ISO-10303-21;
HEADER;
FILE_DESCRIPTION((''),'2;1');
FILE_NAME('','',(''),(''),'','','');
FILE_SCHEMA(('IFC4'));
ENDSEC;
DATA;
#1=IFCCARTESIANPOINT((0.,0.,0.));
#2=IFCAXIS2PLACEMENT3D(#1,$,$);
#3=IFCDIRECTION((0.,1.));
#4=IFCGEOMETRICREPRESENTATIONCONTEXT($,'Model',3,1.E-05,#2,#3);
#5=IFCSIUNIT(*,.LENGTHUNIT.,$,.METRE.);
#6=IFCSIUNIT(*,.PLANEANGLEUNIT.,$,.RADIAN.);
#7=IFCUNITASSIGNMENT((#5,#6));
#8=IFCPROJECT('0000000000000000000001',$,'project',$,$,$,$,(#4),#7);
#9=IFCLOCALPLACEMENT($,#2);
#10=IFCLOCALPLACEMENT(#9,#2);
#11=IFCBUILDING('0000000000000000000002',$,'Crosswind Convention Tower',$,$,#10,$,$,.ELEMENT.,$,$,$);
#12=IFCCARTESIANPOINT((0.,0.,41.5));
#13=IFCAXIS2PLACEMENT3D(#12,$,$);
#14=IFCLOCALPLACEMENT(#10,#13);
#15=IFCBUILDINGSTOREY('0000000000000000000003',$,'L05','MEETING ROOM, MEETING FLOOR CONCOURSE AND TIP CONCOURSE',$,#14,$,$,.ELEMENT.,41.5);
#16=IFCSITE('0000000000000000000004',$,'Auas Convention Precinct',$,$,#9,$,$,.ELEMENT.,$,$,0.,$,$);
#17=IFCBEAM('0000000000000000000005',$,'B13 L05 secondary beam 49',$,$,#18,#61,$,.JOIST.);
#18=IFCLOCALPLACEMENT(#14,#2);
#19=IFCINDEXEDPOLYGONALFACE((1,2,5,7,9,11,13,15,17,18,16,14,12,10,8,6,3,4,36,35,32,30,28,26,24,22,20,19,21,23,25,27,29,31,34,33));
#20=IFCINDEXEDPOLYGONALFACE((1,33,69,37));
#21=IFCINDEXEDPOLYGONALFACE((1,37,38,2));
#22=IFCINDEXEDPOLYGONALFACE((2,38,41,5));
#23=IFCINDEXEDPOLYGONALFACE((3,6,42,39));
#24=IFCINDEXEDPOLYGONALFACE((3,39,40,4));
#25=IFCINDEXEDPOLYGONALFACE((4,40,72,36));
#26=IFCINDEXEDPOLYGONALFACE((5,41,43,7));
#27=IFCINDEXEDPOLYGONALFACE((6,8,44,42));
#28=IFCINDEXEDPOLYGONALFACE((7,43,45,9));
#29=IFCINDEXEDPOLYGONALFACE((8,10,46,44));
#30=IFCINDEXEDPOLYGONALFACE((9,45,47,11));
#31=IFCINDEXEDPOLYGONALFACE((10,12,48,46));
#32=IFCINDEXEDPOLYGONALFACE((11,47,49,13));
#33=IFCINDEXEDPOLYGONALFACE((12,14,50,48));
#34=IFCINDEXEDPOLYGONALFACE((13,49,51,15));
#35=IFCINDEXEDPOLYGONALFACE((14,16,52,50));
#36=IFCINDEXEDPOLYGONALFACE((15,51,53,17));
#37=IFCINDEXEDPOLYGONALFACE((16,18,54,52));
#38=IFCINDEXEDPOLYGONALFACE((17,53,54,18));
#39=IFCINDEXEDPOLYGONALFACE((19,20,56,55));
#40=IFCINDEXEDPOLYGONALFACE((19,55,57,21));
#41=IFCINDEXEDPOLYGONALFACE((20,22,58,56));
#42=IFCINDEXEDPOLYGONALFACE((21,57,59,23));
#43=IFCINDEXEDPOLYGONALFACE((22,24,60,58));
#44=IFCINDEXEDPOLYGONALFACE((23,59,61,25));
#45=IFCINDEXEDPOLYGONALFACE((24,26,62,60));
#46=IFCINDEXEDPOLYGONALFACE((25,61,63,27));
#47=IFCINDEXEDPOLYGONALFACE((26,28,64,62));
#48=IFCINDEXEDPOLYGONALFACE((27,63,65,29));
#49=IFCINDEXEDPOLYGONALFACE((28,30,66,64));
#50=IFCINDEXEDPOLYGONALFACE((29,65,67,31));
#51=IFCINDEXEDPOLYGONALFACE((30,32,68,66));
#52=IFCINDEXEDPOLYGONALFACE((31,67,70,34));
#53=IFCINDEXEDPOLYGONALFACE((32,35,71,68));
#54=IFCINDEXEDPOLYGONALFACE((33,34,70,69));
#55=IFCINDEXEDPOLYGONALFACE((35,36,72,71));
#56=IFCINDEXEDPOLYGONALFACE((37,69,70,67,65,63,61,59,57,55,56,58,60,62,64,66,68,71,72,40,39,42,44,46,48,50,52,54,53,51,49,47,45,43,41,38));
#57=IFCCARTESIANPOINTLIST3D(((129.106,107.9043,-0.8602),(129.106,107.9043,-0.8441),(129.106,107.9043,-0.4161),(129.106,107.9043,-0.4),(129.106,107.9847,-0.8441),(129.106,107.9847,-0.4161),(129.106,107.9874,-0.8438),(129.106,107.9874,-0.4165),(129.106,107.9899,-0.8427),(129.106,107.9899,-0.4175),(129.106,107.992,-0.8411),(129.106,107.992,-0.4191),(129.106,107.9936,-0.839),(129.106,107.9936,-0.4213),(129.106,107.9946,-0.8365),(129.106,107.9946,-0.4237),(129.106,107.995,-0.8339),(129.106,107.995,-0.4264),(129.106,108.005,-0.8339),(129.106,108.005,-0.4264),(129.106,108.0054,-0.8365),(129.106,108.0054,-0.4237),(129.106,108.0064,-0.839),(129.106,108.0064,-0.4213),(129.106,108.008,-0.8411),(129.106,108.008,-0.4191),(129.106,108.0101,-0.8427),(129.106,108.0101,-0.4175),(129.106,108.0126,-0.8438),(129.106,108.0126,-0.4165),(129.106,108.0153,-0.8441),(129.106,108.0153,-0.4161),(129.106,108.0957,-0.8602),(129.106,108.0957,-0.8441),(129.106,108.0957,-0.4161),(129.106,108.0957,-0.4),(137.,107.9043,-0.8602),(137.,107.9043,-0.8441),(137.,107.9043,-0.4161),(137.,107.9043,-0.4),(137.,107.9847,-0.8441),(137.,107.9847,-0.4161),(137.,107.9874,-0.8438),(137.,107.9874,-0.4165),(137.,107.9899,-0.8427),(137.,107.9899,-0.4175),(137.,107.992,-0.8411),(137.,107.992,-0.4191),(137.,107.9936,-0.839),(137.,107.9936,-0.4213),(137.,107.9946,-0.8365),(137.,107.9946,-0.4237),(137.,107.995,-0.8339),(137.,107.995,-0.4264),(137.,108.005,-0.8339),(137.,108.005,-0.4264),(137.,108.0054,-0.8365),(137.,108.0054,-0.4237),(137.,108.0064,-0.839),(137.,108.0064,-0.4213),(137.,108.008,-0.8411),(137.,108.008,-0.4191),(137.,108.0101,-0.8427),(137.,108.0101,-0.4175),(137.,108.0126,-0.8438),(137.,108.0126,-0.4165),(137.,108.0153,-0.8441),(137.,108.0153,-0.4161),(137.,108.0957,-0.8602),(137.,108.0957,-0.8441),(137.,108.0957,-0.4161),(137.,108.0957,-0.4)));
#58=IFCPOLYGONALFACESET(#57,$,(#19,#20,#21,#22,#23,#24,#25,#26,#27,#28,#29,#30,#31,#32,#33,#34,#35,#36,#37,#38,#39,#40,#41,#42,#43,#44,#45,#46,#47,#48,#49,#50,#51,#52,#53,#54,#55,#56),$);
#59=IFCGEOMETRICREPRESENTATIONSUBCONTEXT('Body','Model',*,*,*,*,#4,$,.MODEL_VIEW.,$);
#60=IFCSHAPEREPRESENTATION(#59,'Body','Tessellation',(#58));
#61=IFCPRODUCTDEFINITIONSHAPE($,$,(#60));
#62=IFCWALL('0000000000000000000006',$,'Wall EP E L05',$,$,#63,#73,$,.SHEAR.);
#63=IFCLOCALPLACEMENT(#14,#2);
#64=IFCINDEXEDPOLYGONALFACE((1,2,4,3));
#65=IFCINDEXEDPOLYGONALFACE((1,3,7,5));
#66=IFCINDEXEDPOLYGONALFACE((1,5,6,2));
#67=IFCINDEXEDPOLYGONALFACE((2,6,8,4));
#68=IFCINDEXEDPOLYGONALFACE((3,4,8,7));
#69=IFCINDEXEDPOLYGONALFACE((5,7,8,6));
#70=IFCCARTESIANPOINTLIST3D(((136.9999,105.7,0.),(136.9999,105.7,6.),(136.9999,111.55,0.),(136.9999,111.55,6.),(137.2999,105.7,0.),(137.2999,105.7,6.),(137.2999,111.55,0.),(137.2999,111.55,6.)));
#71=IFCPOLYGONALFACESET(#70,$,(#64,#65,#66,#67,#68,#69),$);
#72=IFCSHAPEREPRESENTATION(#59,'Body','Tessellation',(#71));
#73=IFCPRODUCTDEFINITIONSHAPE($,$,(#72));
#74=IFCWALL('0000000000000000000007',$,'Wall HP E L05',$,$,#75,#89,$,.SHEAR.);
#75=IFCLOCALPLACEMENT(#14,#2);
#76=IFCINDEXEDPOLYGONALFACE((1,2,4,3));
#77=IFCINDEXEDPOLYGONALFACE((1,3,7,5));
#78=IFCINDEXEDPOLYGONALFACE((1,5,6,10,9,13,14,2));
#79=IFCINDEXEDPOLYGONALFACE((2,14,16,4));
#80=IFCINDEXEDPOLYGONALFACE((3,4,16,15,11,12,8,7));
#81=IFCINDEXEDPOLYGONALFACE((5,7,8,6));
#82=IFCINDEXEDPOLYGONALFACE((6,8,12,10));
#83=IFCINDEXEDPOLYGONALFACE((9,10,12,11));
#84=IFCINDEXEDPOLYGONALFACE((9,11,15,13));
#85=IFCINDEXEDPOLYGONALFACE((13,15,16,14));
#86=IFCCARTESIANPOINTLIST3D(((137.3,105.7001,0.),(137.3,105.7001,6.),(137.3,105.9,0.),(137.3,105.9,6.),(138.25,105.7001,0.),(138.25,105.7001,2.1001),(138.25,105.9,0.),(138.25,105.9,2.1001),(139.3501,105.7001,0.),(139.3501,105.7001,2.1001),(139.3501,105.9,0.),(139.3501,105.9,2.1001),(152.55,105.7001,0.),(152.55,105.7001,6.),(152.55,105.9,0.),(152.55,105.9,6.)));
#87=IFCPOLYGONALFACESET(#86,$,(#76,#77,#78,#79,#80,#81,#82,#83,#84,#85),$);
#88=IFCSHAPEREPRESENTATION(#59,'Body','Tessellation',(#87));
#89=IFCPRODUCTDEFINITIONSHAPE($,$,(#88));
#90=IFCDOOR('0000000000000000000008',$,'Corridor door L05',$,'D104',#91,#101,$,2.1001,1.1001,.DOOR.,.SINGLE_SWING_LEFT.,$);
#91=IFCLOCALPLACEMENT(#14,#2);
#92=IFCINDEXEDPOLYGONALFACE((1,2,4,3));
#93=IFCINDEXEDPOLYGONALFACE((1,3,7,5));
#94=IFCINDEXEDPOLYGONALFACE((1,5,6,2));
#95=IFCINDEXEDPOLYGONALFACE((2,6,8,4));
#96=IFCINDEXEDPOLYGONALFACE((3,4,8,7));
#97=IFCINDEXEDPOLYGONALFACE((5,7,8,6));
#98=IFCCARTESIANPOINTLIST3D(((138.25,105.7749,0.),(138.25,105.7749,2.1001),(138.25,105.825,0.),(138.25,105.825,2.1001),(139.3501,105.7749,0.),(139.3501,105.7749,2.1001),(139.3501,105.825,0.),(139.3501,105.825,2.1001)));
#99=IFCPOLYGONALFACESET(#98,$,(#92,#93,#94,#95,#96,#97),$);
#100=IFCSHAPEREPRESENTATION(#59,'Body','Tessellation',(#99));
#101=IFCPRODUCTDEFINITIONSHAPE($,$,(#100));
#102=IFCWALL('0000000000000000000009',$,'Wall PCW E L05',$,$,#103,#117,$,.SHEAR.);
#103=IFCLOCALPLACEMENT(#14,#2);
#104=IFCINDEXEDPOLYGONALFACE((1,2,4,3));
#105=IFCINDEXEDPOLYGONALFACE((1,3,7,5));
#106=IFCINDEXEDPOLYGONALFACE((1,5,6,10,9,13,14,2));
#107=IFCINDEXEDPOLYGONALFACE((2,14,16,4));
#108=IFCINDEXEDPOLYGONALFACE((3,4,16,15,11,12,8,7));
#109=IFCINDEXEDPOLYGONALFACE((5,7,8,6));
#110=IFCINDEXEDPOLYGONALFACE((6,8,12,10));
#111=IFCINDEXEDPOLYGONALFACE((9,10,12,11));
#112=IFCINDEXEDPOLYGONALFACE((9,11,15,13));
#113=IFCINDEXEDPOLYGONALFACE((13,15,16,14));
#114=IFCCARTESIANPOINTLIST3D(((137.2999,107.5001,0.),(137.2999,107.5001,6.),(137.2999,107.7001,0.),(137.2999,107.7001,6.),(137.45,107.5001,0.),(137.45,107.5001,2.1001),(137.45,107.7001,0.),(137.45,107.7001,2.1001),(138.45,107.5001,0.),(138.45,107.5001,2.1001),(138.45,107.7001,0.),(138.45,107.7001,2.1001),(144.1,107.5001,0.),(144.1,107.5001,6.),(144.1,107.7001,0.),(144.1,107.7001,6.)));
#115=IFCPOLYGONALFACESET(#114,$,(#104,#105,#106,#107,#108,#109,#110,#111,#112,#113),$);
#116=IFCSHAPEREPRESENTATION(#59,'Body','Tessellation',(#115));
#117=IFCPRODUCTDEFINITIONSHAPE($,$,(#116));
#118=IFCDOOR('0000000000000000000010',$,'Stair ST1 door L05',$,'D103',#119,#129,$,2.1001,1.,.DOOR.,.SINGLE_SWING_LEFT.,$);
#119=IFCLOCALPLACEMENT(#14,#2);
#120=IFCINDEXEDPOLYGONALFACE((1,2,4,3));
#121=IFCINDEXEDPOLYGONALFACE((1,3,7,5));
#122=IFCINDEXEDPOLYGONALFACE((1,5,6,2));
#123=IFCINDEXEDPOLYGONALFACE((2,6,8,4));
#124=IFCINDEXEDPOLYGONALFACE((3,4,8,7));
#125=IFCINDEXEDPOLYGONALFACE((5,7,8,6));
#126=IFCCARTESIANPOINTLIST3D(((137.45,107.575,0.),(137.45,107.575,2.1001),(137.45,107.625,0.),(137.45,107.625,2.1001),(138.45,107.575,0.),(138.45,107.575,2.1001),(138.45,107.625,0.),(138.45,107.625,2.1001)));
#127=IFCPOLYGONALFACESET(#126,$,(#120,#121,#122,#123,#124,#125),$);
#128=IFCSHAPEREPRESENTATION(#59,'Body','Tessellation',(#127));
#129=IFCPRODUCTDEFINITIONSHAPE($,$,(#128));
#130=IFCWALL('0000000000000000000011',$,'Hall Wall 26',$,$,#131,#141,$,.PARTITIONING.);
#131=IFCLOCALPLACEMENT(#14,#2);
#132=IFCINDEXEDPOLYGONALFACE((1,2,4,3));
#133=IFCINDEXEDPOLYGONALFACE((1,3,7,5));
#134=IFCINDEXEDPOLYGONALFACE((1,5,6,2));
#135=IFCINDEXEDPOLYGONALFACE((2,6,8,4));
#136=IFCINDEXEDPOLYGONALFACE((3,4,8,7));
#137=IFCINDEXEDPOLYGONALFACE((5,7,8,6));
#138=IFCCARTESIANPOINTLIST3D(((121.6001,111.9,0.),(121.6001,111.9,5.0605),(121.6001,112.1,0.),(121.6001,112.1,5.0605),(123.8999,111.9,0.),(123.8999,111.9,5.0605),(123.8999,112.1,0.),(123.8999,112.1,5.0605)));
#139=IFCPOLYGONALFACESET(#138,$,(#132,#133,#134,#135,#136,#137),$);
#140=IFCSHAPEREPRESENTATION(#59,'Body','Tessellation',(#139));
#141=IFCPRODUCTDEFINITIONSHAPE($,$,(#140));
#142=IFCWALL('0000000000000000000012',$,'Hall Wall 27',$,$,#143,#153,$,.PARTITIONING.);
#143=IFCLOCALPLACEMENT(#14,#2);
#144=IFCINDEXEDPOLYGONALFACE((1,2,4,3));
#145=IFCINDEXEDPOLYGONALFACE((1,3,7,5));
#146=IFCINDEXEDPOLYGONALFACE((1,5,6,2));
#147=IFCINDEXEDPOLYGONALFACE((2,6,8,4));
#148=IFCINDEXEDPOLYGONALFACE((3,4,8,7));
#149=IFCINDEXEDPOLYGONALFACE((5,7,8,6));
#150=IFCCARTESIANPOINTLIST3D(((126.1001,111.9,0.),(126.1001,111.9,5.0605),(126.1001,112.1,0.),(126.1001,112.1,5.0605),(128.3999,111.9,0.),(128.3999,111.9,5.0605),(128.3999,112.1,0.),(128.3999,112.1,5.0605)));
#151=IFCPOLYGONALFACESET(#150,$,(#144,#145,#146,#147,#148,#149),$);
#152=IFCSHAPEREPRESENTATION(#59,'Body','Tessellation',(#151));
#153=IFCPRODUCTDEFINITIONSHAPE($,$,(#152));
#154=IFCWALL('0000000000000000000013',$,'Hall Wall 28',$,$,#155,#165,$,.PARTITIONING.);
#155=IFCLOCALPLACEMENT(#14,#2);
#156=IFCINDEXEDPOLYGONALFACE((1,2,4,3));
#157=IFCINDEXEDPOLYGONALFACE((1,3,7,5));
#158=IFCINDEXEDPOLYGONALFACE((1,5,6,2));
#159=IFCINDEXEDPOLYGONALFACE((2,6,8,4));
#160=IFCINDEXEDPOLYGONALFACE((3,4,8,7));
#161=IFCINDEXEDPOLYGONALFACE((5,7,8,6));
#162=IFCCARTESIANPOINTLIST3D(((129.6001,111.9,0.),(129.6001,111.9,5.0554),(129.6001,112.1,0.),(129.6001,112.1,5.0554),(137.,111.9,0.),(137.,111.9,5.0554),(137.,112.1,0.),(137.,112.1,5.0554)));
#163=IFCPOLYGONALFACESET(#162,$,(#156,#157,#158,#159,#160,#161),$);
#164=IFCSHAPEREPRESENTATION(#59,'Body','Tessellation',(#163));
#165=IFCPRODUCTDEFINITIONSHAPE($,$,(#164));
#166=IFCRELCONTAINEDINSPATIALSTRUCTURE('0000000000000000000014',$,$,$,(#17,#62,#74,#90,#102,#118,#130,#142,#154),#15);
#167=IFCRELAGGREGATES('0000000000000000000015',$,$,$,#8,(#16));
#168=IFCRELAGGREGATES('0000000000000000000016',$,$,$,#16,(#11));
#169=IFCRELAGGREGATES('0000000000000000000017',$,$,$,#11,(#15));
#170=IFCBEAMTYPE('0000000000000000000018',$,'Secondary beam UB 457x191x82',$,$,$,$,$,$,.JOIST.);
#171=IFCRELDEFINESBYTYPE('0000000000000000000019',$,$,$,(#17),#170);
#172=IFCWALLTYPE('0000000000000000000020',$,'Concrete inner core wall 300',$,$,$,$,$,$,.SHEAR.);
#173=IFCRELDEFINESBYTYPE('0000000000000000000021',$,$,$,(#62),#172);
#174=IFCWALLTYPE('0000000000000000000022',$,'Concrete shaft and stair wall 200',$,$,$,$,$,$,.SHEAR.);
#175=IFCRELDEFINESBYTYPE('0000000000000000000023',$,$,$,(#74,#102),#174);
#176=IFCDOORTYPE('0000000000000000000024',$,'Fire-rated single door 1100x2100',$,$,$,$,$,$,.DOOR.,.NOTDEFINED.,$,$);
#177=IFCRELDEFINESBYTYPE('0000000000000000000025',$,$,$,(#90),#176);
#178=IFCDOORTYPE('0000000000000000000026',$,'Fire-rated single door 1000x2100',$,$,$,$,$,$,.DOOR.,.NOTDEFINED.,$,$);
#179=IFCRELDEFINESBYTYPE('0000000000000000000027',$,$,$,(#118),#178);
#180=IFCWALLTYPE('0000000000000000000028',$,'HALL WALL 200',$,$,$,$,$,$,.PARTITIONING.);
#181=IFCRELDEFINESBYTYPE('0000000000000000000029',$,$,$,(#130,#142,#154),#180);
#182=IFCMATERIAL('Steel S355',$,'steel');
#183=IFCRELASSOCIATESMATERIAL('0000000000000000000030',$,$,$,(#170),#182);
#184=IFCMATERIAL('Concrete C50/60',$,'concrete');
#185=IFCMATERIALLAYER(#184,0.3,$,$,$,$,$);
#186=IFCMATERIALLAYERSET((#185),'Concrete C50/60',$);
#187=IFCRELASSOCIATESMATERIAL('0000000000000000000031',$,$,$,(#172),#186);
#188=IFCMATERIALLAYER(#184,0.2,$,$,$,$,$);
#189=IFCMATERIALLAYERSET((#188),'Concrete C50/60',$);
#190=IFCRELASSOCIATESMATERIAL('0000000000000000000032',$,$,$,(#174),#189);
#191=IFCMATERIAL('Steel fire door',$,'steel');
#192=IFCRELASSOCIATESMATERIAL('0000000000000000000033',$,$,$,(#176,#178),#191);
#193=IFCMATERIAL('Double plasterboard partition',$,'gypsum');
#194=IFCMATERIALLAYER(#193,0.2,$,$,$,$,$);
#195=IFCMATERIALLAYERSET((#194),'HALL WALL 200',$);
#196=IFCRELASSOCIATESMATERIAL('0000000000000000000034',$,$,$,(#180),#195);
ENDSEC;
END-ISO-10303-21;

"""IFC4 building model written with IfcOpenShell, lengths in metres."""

from ifc_helpers import new_model, si_unit, direction, frame, frame_2d, origin, origin_2d, place, context, subcontext, project, spatial, rectangle, i_section, extrude, material, layer, layer_set, material_profile, profile_set, type_object, element, fill, save


model = new_model("IFC4")

# Units and contexts
model_context = context("Model", 3, precision=1e-05, world=origin(), true_north=direction((0.0, 1.0)))
body_context = subcontext(model_context, "Body", "Model", "MODEL_VIEW")
ifc_project = project(units=[si_unit("LENGTHUNIT", "METRE"), si_unit("PLANEANGLEUNIT", "RADIAN")], contexts=[model_context])

# Site, building, storey
site_placement = place(None, origin())
site = spatial("IfcSite", under=ifc_project, at=site_placement, Name="Auas Convention Precinct", CompositionType="ELEMENT", RefElevation=0.0)
building_placement = place(site_placement, origin())
building = spatial("IfcBuilding", under=site, at=building_placement, Name="Crosswind Convention Tower", CompositionType="ELEMENT")
storey_placement = place(building_placement, frame((0.0, 0.0, 41.5)))
storey = spatial("IfcBuildingStorey", under=building, at=storey_placement, Name="L05", Description="MEETING ROOM, MEETING FLOOR CONCOURSE AND TIP CONCOURSE", CompositionType="ELEMENT", Elevation=41.5)

# Beam
ifc_material_1 = material(Name="Steel S355", Category="steel")
ifc_material_profile_1 = material_profile(ifc_material_1, i_section(OverallWidth=0.1914, OverallDepth=0.4602, WebThickness=0.01, FlangeThickness=0.0161, FilletRadius=0.0103, at=origin_2d()), Name="UB 457x191x82")
ifc_profile_set_1 = profile_set([ifc_material_profile_1], Name="Steel S355")
beam_type_1 = type_object("IfcBeamType", Name="Secondary beam UB 457x191x82", PredefinedType="JOIST", material=ifc_profile_set_1)
for number, where, z_axis, x_axis, name in (
    (1, (129.106, 108.0, -0.6301), (1.0, 0.0, 0.0), (0.0, 1.0, 0.0), "B13 L05 secondary beam 49"),
):
    element("IfcBeam", number, at=place(storey_placement, frame(where, z_axis=z_axis, x_axis=x_axis)), inside=storey, type_object=beam_type_1, Name=name, PredefinedType="JOIST", context=body_context, shape_type="SweptSolid", body=[
        extrude(i_section(OverallWidth=0.1914, OverallDepth=0.4602, WebThickness=0.01, FlangeThickness=0.0161, FilletRadius=0.0103, at=origin_2d()), origin(), (0.0, 0.0, 1.0), 7.894),
    ])

# Wall
ifc_material_2 = material(Name="Concrete C50/60", Category="concrete")
ifc_layer_1 = layer(ifc_material_2, 0.3)
ifc_layer_set_1 = layer_set([ifc_layer_1], Name="Concrete C50/60")
wall_type_1 = type_object("IfcWallType", Name="Concrete inner core wall 300", PredefinedType="SHEAR", material=ifc_layer_set_1)
wall_1_placement = place(storey_placement, frame((137.1499, 105.7, 0.0), z_axis=(0.0, 0.0, 1.0), x_axis=(0.0, 1.0, 0.0)))
element("IfcWall", 2, at=wall_1_placement, inside=storey, type_object=wall_type_1, Name="Wall EP E L05", PredefinedType="SHEAR", context=body_context, shape_type="SweptSolid", body=[
    extrude(rectangle(XDim=5.8501, YDim=0.3, at=frame_2d((2.925, 0.0))), origin(), (0.0, 0.0, 1.0), 6.0),
])

# Walls, openings, doors
ifc_layer_2 = layer(ifc_material_2, 0.2)
ifc_layer_set_2 = layer_set([ifc_layer_2], Name="Concrete C50/60")
wall_type_2 = type_object("IfcWallType", Name="Concrete shaft and stair wall 200", PredefinedType="SHEAR", material=ifc_layer_set_2)
wall_2_placement = place(storey_placement, frame((137.3, 105.8, 0.0), z_axis=(0.0, 0.0, 1.0), x_axis=(1.0, 0.0, 0.0)))
wall_2 = element("IfcWall", 3, at=wall_2_placement, inside=storey, type_object=wall_type_2, Name="Wall HP E L05", PredefinedType="SHEAR", context=body_context, shape_type="SweptSolid", body=[
    extrude(rectangle(XDim=15.25, YDim=0.2, at=frame_2d((7.625, 0.0))), origin(), (0.0, 0.0, 1.0), 6.0),
])
opening_1_placement = place(wall_2_placement, frame((0.95, 0.0, 0.0)))
opening_1 = element("IfcOpeningElement", 4, at=opening_1_placement, cuts=wall_2, PredefinedType="OPENING", context=body_context, shape_type="SweptSolid", body=[
    extrude(rectangle(XDim=1.1001, YDim=2.1001, at=frame_2d((0.55, 1.05))), frame((0.0, 0.1099, 0.0), z_axis=(0.0, -1.0, 0.0), x_axis=(1.0, 0.0, 0.0)), (0.0, 0.0, 1.0), 0.22),
])
ifc_material_3 = material(Name="Steel fire door", Category="steel")
door_type_1 = type_object("IfcDoorType", Name="Fire-rated single door 1100x2100", OperationType="NOTDEFINED", PredefinedType="DOOR", material=ifc_material_3)
door_1_placement = place(opening_1_placement, origin())
door_1 = element("IfcDoor", 5, at=door_1_placement, inside=storey, type_object=door_type_1, Name="Corridor door L05", ObjectType="D104", OperationType="SINGLE_SWING_LEFT", OverallHeight=2.1001, OverallWidth=1.1001, PredefinedType="DOOR", context=body_context, shape_type="SweptSolid", body=[
    extrude(rectangle(XDim=1.1001, YDim=2.1001, at=frame_2d((0.55, 1.05))), frame((0.0, 0.0249, 0.0), z_axis=(0.0, -1.0, 0.0), x_axis=(1.0, 0.0, 0.0)), (0.0, 0.0, 1.0), 0.05),
])
fill(opening_1, door_1)
wall_3_placement = place(storey_placement, frame((137.3, 107.6001, 0.0), z_axis=(0.0, 0.0, 1.0), x_axis=(1.0, 0.0, 0.0)))
wall_3 = element("IfcWall", 6, at=wall_3_placement, inside=storey, type_object=wall_type_2, Name="Wall PCW E L05", PredefinedType="SHEAR", context=body_context, shape_type="SweptSolid", body=[
    extrude(rectangle(XDim=6.8, YDim=0.2, at=frame_2d((3.3999, 0.0))), origin(), (0.0, 0.0, 1.0), 6.0),
])
opening_2_placement = place(wall_3_placement, frame((0.1499, 0.0, 0.0)))
opening_2 = element("IfcOpeningElement", 7, at=opening_2_placement, cuts=wall_3, PredefinedType="OPENING", context=body_context, shape_type="SweptSolid", body=[
    extrude(rectangle(XDim=1.0, YDim=2.1001, at=frame_2d((0.5, 1.05))), frame((0.0, 0.1099, 0.0), z_axis=(0.0, -1.0, 0.0), x_axis=(1.0, 0.0, 0.0)), (0.0, 0.0, 1.0), 0.22),
])
door_type_2 = type_object("IfcDoorType", Name="Fire-rated single door 1000x2100", OperationType="NOTDEFINED", PredefinedType="DOOR", material=ifc_material_3)
door_2_placement = place(opening_2_placement, origin())
door_2 = element("IfcDoor", 8, at=door_2_placement, inside=storey, type_object=door_type_2, Name="Stair ST1 door L05", ObjectType="D103", OperationType="SINGLE_SWING_LEFT", OverallHeight=2.1001, OverallWidth=1.0, PredefinedType="DOOR", context=body_context, shape_type="SweptSolid", body=[
    extrude(rectangle(XDim=1.0, YDim=2.1001, at=frame_2d((0.5, 1.05))), frame((0.0, 0.0249, 0.0), z_axis=(0.0, -1.0, 0.0), x_axis=(1.0, 0.0, 0.0)), (0.0, 0.0, 1.0), 0.05),
])
fill(opening_2, door_2)

# Walls
ifc_material_4 = material(Name="Double plasterboard partition", Category="gypsum")
ifc_layer_3 = layer(ifc_material_4, 0.2)
ifc_layer_set_3 = layer_set([ifc_layer_3], Name="HALL WALL 200")
wall_type_3 = type_object("IfcWallType", Name="HALL WALL 200", PredefinedType="PARTITIONING", material=ifc_layer_set_3)
for number, where, z_axis, x_axis, name in (
    (9, (121.6001, 112.0, 0.0), (0.0, 0.0, 1.0), (1.0, 0.0, 0.0), "Hall Wall 26"),
    (10, (126.1001, 112.0, 0.0), (0.0, 0.0, 1.0), (1.0, 0.0, 0.0), "Hall Wall 27"),
):
    element("IfcWall", number, at=place(storey_placement, frame(where, z_axis=z_axis, x_axis=x_axis)), inside=storey, type_object=wall_type_3, Name=name, PredefinedType="PARTITIONING", context=body_context, shape_type="SweptSolid", body=[
        extrude(rectangle(XDim=2.2998, YDim=0.2, at=frame_2d((1.1499, 0.0))), origin(), (0.0, 0.0, 1.0), 5.0605),
    ])
wall_4_placement = place(storey_placement, frame((129.6001, 112.0, 0.0), z_axis=(0.0, 0.0, 1.0), x_axis=(1.0, 0.0, 0.0)))
element("IfcWall", 11, at=wall_4_placement, inside=storey, type_object=wall_type_3, Name="Hall Wall 28", PredefinedType="PARTITIONING", context=body_context, shape_type="SweptSolid", body=[
    extrude(rectangle(XDim=7.3999, YDim=0.2, at=frame_2d((3.7, 0.0))), origin(), (0.0, 0.0, 1.0), 5.0554),
])

save(model, "model.ifc")
